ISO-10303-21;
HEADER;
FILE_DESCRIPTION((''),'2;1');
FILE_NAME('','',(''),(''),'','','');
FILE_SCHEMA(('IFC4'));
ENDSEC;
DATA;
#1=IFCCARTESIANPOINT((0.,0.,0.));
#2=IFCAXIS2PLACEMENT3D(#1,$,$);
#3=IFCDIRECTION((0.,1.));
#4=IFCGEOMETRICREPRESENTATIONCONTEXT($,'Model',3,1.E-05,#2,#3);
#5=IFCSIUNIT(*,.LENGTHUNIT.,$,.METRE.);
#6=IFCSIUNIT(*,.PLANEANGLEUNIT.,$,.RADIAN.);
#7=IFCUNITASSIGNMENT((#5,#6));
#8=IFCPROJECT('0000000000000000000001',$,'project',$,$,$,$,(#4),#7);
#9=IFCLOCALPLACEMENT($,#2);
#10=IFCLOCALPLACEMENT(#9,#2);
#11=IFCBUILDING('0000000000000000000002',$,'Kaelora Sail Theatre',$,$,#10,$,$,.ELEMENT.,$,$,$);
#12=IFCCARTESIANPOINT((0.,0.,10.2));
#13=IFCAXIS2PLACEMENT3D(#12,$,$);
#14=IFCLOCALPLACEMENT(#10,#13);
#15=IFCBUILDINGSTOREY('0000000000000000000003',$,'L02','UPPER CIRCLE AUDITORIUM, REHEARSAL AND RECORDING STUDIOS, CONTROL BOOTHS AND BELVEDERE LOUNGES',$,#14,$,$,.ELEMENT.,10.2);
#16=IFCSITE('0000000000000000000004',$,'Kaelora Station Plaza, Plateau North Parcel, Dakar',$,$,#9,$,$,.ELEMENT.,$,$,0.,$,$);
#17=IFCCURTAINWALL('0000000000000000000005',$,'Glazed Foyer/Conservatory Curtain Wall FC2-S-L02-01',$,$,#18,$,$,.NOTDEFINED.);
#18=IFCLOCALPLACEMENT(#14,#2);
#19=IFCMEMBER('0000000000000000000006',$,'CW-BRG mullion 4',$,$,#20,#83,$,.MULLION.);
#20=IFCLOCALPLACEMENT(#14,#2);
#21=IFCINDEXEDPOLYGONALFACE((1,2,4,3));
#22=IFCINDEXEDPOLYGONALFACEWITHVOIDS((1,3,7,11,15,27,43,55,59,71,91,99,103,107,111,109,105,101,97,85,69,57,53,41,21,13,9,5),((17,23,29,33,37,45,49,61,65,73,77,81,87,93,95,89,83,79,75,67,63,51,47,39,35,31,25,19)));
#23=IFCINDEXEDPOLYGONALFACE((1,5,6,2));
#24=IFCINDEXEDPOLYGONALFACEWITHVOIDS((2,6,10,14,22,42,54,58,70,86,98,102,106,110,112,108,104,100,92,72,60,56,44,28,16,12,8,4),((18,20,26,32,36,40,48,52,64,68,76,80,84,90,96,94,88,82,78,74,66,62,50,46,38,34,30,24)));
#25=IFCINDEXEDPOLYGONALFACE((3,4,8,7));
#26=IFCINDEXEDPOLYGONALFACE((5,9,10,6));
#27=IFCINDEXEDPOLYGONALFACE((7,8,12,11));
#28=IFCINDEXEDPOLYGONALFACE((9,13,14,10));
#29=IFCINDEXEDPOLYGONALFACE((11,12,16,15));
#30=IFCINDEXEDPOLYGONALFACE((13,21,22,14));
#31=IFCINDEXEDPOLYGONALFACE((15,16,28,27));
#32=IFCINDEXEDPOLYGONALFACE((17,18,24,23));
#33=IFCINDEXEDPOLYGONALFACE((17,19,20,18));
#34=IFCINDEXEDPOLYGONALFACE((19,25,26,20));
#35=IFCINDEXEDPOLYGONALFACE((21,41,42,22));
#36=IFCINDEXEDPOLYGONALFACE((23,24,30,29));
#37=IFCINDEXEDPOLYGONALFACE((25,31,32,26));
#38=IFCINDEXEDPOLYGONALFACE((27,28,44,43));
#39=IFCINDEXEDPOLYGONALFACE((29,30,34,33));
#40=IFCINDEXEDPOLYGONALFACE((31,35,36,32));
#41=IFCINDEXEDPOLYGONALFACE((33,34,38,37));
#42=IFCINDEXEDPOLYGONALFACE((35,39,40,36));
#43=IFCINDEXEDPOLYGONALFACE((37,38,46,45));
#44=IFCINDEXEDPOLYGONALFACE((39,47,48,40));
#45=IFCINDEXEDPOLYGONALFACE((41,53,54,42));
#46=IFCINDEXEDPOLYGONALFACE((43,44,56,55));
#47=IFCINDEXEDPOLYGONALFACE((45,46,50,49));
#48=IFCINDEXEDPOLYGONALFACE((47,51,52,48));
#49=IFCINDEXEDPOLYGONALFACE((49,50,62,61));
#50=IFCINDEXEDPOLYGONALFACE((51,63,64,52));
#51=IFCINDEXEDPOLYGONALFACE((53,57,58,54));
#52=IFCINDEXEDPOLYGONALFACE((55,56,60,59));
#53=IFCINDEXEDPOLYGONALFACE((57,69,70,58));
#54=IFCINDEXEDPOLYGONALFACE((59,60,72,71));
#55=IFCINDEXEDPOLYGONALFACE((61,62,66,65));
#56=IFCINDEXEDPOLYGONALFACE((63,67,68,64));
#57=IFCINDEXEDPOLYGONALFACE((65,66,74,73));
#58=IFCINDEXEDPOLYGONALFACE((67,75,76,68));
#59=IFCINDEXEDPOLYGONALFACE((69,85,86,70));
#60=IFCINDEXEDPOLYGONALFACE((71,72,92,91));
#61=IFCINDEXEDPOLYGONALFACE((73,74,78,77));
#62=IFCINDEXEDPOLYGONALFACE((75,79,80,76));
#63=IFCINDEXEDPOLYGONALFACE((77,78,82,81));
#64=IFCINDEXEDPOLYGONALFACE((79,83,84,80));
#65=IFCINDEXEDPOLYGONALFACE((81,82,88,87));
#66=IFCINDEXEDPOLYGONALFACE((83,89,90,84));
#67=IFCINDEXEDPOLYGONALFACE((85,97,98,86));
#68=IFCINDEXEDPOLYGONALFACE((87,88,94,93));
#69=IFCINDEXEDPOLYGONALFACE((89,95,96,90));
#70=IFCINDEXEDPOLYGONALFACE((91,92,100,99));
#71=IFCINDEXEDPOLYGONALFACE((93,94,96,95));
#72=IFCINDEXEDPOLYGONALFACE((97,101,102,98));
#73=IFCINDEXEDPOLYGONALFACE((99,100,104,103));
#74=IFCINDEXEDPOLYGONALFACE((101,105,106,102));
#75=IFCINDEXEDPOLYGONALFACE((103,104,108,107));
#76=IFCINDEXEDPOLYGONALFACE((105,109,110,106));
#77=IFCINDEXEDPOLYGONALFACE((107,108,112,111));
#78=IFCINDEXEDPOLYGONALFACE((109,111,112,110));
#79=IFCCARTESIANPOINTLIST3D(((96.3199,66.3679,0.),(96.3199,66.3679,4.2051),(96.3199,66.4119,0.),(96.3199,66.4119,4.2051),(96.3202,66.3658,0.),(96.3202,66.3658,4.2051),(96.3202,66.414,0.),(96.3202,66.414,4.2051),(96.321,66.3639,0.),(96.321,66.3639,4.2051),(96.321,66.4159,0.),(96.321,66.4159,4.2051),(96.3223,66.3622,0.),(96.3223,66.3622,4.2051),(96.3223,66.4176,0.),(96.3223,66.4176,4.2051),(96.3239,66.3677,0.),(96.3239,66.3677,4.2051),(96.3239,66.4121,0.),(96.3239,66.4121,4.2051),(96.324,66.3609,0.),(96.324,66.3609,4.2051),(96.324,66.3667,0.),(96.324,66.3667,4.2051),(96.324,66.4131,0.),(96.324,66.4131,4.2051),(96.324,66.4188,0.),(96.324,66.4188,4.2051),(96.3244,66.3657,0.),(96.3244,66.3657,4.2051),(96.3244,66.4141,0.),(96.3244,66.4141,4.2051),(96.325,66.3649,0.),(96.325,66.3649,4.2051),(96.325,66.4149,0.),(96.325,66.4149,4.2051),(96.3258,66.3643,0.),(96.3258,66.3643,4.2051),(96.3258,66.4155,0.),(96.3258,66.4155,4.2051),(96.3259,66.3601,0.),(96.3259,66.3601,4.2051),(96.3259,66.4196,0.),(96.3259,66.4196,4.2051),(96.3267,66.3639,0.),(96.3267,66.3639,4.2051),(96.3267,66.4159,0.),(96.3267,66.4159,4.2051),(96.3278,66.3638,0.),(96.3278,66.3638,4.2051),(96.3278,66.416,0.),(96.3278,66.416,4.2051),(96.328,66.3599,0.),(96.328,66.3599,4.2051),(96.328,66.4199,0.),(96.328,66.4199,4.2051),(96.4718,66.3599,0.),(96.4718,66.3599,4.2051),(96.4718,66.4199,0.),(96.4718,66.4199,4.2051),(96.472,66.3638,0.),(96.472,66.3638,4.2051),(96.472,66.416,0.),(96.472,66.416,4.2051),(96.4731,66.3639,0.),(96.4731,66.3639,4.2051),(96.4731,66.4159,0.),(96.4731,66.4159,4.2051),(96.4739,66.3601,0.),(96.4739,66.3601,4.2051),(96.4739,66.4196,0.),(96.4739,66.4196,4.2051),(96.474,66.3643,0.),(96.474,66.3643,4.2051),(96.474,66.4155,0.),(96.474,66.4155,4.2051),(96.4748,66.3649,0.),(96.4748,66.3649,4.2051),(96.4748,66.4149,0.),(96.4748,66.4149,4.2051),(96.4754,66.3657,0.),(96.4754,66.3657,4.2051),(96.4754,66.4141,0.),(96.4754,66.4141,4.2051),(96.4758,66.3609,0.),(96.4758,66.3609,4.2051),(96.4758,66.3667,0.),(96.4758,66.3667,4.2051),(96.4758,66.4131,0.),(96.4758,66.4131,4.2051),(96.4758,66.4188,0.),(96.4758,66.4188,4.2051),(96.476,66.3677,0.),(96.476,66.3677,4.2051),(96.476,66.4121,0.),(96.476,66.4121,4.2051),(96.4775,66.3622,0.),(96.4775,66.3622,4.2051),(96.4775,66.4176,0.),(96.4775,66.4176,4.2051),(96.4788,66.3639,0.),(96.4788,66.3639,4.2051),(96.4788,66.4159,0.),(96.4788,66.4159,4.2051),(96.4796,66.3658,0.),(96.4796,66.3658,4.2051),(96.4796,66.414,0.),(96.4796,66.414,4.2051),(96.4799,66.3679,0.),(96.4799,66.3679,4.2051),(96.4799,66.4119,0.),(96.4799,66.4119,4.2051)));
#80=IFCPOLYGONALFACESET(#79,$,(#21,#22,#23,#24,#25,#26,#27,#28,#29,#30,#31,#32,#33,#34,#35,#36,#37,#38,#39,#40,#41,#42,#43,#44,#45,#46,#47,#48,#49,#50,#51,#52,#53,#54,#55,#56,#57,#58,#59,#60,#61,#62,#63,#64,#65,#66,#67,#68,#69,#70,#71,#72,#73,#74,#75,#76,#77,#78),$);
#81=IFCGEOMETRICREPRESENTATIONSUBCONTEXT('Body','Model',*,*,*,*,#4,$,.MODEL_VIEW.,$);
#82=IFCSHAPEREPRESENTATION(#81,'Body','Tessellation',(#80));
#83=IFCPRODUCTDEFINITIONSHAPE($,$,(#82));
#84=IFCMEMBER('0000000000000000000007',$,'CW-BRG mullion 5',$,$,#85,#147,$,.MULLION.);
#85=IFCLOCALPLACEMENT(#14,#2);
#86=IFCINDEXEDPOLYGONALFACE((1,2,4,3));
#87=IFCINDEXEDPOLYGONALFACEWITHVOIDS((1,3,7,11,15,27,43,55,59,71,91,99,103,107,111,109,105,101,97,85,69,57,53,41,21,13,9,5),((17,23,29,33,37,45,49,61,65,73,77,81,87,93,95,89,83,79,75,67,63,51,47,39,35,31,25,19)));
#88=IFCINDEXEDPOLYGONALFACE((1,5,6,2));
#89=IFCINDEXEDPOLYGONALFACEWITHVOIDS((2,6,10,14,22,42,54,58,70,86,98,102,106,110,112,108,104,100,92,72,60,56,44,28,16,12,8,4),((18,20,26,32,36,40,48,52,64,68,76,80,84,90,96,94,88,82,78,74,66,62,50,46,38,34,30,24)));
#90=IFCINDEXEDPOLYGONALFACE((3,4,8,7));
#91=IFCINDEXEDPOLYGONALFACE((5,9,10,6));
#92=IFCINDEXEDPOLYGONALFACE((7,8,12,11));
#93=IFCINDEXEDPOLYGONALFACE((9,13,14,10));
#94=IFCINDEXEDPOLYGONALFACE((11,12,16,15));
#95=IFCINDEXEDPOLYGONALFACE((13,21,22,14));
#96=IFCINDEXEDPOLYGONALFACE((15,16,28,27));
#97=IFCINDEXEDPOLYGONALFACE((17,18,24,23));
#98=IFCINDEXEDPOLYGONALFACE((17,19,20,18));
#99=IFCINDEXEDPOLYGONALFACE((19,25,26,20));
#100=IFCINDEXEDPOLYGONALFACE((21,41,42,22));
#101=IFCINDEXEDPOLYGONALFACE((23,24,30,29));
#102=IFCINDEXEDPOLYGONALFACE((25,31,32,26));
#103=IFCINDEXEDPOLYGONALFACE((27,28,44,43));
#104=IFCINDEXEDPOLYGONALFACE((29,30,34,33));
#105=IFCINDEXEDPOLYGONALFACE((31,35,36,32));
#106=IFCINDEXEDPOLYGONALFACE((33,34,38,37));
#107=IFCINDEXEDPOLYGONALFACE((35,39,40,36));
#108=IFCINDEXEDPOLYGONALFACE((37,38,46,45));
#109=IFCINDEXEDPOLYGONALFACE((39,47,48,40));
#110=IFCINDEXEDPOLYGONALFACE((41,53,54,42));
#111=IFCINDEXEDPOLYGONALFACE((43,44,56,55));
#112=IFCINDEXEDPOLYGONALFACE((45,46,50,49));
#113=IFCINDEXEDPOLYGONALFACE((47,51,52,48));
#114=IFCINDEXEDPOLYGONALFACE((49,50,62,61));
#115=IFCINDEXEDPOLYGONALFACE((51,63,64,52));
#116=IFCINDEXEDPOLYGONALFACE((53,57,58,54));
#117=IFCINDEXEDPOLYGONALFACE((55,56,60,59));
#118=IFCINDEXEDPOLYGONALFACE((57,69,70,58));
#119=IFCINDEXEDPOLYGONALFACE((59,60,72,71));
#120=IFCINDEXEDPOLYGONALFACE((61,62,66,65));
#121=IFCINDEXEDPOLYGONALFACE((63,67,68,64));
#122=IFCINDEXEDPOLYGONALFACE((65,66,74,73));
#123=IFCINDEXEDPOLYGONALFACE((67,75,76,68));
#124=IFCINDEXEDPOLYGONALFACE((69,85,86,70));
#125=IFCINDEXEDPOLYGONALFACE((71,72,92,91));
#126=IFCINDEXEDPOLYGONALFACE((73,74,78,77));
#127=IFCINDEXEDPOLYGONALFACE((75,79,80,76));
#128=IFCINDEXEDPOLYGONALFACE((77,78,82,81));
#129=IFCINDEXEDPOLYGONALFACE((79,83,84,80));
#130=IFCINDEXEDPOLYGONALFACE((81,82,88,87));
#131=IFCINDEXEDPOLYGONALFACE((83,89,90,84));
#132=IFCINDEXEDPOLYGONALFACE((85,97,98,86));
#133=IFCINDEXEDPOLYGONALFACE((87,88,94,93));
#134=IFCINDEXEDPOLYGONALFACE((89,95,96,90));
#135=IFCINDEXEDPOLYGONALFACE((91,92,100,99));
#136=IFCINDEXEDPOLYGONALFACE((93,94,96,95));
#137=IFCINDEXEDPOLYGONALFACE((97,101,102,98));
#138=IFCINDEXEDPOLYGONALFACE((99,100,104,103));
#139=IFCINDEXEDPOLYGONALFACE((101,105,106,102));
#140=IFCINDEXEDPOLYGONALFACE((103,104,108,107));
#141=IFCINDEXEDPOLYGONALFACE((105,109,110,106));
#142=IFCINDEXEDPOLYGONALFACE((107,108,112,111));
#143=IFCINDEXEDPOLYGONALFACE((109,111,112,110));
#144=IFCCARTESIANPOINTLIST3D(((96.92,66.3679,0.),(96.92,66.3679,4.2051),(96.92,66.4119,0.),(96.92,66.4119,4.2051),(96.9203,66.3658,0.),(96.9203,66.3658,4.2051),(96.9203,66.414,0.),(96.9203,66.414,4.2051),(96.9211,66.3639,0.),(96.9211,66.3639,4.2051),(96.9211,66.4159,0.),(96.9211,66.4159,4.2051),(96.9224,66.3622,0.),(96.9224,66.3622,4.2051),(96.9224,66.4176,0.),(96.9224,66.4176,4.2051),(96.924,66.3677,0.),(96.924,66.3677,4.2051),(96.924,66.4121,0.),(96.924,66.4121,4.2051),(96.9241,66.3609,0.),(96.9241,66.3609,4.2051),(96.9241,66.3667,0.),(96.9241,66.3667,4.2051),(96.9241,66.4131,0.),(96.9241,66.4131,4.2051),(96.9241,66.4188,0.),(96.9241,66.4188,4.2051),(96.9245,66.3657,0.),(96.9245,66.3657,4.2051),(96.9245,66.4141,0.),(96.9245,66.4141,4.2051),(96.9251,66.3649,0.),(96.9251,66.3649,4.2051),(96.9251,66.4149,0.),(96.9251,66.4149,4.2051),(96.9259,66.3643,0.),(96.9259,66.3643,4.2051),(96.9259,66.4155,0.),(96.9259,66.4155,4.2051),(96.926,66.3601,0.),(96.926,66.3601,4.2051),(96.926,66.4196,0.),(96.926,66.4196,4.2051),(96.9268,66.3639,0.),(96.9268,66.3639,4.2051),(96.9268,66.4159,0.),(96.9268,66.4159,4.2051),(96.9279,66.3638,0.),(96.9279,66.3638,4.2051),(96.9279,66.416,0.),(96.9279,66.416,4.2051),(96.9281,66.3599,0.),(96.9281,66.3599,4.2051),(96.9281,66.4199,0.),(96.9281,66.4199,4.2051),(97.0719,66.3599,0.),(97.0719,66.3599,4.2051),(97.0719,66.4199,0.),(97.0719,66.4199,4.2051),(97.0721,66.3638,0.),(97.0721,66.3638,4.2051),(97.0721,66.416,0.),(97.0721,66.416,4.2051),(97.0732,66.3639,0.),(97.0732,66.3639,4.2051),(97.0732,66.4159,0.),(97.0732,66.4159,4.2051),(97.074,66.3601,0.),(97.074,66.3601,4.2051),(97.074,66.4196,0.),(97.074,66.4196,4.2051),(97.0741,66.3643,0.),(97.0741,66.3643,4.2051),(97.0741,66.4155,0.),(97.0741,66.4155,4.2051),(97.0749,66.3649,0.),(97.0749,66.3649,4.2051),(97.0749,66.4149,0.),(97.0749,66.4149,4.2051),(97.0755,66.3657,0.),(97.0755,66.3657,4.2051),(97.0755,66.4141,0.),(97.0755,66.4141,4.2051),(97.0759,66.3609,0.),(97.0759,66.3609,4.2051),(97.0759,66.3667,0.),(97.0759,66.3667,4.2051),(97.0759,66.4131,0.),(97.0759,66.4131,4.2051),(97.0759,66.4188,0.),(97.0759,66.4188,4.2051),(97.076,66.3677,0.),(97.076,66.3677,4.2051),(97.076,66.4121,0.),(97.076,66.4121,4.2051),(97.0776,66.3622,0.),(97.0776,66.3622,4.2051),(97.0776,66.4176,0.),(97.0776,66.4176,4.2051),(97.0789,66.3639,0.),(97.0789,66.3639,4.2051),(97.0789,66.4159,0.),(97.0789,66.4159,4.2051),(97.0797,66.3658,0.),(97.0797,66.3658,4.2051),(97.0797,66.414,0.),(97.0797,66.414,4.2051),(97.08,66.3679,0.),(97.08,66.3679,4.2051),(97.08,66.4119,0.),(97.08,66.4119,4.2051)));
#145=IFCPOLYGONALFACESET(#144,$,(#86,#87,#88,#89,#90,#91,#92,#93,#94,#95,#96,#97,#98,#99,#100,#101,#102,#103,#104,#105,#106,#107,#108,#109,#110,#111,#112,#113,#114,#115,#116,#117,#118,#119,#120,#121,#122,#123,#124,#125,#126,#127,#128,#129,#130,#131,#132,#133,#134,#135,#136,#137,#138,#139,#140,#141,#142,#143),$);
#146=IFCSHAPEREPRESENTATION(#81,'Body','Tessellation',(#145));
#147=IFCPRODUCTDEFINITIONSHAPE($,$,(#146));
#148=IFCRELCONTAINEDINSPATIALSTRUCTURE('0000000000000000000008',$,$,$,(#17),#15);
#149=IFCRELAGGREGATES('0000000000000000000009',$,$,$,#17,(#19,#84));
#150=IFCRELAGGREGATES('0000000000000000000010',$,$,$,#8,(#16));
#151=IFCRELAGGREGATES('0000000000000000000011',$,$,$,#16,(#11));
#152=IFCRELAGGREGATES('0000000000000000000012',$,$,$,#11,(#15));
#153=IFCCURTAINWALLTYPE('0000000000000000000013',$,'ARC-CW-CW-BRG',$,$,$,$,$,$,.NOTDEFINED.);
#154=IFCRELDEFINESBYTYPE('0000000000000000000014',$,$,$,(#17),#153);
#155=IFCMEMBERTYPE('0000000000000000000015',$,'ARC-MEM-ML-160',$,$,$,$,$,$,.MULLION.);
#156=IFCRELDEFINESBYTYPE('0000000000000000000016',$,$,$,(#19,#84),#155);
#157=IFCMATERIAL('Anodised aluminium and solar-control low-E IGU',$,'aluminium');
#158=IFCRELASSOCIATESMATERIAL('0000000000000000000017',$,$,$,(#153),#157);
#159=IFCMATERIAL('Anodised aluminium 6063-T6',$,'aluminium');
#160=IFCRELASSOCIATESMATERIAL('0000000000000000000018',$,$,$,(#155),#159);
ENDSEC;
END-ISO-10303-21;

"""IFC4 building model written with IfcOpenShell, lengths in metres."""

from ifc_helpers import new_model, si_unit, direction, frame, origin, origin_2d, place, context, subcontext, project, spatial, hollow_rectangle, extrude, material, material_profile, profile_set, type_object, element, aggregate, save


model = new_model("IFC4")

# Units and contexts
model_context = context("Model", 3, precision=1e-05, world=origin(), true_north=direction((0.0, 1.0)))
body_context = subcontext(model_context, "Body", "Model", "MODEL_VIEW")
ifc_project = project(units=[si_unit("LENGTHUNIT", "METRE"), si_unit("PLANEANGLEUNIT", "RADIAN")], contexts=[model_context])

# Site, building, storey
site_placement = place(None, origin())
site = spatial("IfcSite", under=ifc_project, at=site_placement, Name="Kaelora Station Plaza, Plateau North Parcel, Dakar", CompositionType="ELEMENT", RefElevation=0.0)
building_placement = place(site_placement, origin())
building = spatial("IfcBuilding", under=site, at=building_placement, Name="Kaelora Sail Theatre", CompositionType="ELEMENT")
storey_placement = place(building_placement, frame((0.0, 0.0, 10.2)))
storey = spatial("IfcBuildingStorey", under=building, at=storey_placement, Name="L02", Description="UPPER CIRCLE AUDITORIUM, REHEARSAL AND RECORDING STUDIOS, CONTROL BOOTHS AND BELVEDERE LOUNGES", CompositionType="ELEMENT", Elevation=10.2)

# Curtain wall, members
ifc_material_1 = material(Name="Anodised aluminium and solar-control low-E IGU", Category="aluminium")
curtain_wall_type = type_object("IfcCurtainWallType", Name="ARC-CW-CW-BRG", PredefinedType="NOTDEFINED", material=ifc_material_1)
curtain_wall_placement = place(storey_placement, origin())
curtain_wall = element("IfcCurtainWall", 1, at=curtain_wall_placement, inside=storey, type_object=curtain_wall_type, Name="Glazed Foyer/Conservatory Curtain Wall FC2-S-L02-01", PredefinedType="NOTDEFINED")
ifc_material_2 = material(Name="Anodised aluminium 6063-T6", Category="aluminium")
ifc_material_profile_1 = material_profile(ifc_material_2, hollow_rectangle(XDim=0.0601, YDim=0.1599, WallThickness=0.0039, InnerFilletRadius=0.0039, OuterFilletRadius=0.0081, at=origin_2d()), Name="ALU-MULL 60x160x4")
ifc_profile_set_1 = profile_set([ifc_material_profile_1], Name="Anodised aluminium 6063-T6")
member_type_1 = type_object("IfcMemberType", Name="ARC-MEM-ML-160", PredefinedType="MULLION", material=ifc_profile_set_1)
member_1_placement = place(storey_placement, frame((96.3999, 66.3899, 0.0), z_axis=(0.0, 0.0, 1.0), x_axis=(0.0, 1.0, 0.0)))
member_1 = element("IfcMember", 2, at=member_1_placement, type_object=member_type_1, Name="CW-BRG mullion 4", PredefinedType="MULLION", context=body_context, shape_type="SweptSolid", body=[
    extrude(hollow_rectangle(XDim=0.0601, YDim=0.1599, WallThickness=0.0039, InnerFilletRadius=0.0039, OuterFilletRadius=0.0081, at=origin_2d()), origin(), (0.0, 0.0, 1.0), 4.2051),
])
member_2_placement = place(storey_placement, frame((97.0, 66.3899, 0.0), z_axis=(0.0, 0.0, 1.0), x_axis=(0.0, 1.0, 0.0)))
member_2 = element("IfcMember", 3, at=member_2_placement, type_object=member_type_1, Name="CW-BRG mullion 5", PredefinedType="MULLION", context=body_context, shape_type="SweptSolid", body=[
    extrude(hollow_rectangle(XDim=0.0601, YDim=0.1599, WallThickness=0.0039, InnerFilletRadius=0.0039, OuterFilletRadius=0.0081, at=origin_2d()), origin(), (0.0, 0.0, 1.0), 4.2051),
])
aggregate(curtain_wall, [member_1, member_2])

save(model, "model.ifc")
